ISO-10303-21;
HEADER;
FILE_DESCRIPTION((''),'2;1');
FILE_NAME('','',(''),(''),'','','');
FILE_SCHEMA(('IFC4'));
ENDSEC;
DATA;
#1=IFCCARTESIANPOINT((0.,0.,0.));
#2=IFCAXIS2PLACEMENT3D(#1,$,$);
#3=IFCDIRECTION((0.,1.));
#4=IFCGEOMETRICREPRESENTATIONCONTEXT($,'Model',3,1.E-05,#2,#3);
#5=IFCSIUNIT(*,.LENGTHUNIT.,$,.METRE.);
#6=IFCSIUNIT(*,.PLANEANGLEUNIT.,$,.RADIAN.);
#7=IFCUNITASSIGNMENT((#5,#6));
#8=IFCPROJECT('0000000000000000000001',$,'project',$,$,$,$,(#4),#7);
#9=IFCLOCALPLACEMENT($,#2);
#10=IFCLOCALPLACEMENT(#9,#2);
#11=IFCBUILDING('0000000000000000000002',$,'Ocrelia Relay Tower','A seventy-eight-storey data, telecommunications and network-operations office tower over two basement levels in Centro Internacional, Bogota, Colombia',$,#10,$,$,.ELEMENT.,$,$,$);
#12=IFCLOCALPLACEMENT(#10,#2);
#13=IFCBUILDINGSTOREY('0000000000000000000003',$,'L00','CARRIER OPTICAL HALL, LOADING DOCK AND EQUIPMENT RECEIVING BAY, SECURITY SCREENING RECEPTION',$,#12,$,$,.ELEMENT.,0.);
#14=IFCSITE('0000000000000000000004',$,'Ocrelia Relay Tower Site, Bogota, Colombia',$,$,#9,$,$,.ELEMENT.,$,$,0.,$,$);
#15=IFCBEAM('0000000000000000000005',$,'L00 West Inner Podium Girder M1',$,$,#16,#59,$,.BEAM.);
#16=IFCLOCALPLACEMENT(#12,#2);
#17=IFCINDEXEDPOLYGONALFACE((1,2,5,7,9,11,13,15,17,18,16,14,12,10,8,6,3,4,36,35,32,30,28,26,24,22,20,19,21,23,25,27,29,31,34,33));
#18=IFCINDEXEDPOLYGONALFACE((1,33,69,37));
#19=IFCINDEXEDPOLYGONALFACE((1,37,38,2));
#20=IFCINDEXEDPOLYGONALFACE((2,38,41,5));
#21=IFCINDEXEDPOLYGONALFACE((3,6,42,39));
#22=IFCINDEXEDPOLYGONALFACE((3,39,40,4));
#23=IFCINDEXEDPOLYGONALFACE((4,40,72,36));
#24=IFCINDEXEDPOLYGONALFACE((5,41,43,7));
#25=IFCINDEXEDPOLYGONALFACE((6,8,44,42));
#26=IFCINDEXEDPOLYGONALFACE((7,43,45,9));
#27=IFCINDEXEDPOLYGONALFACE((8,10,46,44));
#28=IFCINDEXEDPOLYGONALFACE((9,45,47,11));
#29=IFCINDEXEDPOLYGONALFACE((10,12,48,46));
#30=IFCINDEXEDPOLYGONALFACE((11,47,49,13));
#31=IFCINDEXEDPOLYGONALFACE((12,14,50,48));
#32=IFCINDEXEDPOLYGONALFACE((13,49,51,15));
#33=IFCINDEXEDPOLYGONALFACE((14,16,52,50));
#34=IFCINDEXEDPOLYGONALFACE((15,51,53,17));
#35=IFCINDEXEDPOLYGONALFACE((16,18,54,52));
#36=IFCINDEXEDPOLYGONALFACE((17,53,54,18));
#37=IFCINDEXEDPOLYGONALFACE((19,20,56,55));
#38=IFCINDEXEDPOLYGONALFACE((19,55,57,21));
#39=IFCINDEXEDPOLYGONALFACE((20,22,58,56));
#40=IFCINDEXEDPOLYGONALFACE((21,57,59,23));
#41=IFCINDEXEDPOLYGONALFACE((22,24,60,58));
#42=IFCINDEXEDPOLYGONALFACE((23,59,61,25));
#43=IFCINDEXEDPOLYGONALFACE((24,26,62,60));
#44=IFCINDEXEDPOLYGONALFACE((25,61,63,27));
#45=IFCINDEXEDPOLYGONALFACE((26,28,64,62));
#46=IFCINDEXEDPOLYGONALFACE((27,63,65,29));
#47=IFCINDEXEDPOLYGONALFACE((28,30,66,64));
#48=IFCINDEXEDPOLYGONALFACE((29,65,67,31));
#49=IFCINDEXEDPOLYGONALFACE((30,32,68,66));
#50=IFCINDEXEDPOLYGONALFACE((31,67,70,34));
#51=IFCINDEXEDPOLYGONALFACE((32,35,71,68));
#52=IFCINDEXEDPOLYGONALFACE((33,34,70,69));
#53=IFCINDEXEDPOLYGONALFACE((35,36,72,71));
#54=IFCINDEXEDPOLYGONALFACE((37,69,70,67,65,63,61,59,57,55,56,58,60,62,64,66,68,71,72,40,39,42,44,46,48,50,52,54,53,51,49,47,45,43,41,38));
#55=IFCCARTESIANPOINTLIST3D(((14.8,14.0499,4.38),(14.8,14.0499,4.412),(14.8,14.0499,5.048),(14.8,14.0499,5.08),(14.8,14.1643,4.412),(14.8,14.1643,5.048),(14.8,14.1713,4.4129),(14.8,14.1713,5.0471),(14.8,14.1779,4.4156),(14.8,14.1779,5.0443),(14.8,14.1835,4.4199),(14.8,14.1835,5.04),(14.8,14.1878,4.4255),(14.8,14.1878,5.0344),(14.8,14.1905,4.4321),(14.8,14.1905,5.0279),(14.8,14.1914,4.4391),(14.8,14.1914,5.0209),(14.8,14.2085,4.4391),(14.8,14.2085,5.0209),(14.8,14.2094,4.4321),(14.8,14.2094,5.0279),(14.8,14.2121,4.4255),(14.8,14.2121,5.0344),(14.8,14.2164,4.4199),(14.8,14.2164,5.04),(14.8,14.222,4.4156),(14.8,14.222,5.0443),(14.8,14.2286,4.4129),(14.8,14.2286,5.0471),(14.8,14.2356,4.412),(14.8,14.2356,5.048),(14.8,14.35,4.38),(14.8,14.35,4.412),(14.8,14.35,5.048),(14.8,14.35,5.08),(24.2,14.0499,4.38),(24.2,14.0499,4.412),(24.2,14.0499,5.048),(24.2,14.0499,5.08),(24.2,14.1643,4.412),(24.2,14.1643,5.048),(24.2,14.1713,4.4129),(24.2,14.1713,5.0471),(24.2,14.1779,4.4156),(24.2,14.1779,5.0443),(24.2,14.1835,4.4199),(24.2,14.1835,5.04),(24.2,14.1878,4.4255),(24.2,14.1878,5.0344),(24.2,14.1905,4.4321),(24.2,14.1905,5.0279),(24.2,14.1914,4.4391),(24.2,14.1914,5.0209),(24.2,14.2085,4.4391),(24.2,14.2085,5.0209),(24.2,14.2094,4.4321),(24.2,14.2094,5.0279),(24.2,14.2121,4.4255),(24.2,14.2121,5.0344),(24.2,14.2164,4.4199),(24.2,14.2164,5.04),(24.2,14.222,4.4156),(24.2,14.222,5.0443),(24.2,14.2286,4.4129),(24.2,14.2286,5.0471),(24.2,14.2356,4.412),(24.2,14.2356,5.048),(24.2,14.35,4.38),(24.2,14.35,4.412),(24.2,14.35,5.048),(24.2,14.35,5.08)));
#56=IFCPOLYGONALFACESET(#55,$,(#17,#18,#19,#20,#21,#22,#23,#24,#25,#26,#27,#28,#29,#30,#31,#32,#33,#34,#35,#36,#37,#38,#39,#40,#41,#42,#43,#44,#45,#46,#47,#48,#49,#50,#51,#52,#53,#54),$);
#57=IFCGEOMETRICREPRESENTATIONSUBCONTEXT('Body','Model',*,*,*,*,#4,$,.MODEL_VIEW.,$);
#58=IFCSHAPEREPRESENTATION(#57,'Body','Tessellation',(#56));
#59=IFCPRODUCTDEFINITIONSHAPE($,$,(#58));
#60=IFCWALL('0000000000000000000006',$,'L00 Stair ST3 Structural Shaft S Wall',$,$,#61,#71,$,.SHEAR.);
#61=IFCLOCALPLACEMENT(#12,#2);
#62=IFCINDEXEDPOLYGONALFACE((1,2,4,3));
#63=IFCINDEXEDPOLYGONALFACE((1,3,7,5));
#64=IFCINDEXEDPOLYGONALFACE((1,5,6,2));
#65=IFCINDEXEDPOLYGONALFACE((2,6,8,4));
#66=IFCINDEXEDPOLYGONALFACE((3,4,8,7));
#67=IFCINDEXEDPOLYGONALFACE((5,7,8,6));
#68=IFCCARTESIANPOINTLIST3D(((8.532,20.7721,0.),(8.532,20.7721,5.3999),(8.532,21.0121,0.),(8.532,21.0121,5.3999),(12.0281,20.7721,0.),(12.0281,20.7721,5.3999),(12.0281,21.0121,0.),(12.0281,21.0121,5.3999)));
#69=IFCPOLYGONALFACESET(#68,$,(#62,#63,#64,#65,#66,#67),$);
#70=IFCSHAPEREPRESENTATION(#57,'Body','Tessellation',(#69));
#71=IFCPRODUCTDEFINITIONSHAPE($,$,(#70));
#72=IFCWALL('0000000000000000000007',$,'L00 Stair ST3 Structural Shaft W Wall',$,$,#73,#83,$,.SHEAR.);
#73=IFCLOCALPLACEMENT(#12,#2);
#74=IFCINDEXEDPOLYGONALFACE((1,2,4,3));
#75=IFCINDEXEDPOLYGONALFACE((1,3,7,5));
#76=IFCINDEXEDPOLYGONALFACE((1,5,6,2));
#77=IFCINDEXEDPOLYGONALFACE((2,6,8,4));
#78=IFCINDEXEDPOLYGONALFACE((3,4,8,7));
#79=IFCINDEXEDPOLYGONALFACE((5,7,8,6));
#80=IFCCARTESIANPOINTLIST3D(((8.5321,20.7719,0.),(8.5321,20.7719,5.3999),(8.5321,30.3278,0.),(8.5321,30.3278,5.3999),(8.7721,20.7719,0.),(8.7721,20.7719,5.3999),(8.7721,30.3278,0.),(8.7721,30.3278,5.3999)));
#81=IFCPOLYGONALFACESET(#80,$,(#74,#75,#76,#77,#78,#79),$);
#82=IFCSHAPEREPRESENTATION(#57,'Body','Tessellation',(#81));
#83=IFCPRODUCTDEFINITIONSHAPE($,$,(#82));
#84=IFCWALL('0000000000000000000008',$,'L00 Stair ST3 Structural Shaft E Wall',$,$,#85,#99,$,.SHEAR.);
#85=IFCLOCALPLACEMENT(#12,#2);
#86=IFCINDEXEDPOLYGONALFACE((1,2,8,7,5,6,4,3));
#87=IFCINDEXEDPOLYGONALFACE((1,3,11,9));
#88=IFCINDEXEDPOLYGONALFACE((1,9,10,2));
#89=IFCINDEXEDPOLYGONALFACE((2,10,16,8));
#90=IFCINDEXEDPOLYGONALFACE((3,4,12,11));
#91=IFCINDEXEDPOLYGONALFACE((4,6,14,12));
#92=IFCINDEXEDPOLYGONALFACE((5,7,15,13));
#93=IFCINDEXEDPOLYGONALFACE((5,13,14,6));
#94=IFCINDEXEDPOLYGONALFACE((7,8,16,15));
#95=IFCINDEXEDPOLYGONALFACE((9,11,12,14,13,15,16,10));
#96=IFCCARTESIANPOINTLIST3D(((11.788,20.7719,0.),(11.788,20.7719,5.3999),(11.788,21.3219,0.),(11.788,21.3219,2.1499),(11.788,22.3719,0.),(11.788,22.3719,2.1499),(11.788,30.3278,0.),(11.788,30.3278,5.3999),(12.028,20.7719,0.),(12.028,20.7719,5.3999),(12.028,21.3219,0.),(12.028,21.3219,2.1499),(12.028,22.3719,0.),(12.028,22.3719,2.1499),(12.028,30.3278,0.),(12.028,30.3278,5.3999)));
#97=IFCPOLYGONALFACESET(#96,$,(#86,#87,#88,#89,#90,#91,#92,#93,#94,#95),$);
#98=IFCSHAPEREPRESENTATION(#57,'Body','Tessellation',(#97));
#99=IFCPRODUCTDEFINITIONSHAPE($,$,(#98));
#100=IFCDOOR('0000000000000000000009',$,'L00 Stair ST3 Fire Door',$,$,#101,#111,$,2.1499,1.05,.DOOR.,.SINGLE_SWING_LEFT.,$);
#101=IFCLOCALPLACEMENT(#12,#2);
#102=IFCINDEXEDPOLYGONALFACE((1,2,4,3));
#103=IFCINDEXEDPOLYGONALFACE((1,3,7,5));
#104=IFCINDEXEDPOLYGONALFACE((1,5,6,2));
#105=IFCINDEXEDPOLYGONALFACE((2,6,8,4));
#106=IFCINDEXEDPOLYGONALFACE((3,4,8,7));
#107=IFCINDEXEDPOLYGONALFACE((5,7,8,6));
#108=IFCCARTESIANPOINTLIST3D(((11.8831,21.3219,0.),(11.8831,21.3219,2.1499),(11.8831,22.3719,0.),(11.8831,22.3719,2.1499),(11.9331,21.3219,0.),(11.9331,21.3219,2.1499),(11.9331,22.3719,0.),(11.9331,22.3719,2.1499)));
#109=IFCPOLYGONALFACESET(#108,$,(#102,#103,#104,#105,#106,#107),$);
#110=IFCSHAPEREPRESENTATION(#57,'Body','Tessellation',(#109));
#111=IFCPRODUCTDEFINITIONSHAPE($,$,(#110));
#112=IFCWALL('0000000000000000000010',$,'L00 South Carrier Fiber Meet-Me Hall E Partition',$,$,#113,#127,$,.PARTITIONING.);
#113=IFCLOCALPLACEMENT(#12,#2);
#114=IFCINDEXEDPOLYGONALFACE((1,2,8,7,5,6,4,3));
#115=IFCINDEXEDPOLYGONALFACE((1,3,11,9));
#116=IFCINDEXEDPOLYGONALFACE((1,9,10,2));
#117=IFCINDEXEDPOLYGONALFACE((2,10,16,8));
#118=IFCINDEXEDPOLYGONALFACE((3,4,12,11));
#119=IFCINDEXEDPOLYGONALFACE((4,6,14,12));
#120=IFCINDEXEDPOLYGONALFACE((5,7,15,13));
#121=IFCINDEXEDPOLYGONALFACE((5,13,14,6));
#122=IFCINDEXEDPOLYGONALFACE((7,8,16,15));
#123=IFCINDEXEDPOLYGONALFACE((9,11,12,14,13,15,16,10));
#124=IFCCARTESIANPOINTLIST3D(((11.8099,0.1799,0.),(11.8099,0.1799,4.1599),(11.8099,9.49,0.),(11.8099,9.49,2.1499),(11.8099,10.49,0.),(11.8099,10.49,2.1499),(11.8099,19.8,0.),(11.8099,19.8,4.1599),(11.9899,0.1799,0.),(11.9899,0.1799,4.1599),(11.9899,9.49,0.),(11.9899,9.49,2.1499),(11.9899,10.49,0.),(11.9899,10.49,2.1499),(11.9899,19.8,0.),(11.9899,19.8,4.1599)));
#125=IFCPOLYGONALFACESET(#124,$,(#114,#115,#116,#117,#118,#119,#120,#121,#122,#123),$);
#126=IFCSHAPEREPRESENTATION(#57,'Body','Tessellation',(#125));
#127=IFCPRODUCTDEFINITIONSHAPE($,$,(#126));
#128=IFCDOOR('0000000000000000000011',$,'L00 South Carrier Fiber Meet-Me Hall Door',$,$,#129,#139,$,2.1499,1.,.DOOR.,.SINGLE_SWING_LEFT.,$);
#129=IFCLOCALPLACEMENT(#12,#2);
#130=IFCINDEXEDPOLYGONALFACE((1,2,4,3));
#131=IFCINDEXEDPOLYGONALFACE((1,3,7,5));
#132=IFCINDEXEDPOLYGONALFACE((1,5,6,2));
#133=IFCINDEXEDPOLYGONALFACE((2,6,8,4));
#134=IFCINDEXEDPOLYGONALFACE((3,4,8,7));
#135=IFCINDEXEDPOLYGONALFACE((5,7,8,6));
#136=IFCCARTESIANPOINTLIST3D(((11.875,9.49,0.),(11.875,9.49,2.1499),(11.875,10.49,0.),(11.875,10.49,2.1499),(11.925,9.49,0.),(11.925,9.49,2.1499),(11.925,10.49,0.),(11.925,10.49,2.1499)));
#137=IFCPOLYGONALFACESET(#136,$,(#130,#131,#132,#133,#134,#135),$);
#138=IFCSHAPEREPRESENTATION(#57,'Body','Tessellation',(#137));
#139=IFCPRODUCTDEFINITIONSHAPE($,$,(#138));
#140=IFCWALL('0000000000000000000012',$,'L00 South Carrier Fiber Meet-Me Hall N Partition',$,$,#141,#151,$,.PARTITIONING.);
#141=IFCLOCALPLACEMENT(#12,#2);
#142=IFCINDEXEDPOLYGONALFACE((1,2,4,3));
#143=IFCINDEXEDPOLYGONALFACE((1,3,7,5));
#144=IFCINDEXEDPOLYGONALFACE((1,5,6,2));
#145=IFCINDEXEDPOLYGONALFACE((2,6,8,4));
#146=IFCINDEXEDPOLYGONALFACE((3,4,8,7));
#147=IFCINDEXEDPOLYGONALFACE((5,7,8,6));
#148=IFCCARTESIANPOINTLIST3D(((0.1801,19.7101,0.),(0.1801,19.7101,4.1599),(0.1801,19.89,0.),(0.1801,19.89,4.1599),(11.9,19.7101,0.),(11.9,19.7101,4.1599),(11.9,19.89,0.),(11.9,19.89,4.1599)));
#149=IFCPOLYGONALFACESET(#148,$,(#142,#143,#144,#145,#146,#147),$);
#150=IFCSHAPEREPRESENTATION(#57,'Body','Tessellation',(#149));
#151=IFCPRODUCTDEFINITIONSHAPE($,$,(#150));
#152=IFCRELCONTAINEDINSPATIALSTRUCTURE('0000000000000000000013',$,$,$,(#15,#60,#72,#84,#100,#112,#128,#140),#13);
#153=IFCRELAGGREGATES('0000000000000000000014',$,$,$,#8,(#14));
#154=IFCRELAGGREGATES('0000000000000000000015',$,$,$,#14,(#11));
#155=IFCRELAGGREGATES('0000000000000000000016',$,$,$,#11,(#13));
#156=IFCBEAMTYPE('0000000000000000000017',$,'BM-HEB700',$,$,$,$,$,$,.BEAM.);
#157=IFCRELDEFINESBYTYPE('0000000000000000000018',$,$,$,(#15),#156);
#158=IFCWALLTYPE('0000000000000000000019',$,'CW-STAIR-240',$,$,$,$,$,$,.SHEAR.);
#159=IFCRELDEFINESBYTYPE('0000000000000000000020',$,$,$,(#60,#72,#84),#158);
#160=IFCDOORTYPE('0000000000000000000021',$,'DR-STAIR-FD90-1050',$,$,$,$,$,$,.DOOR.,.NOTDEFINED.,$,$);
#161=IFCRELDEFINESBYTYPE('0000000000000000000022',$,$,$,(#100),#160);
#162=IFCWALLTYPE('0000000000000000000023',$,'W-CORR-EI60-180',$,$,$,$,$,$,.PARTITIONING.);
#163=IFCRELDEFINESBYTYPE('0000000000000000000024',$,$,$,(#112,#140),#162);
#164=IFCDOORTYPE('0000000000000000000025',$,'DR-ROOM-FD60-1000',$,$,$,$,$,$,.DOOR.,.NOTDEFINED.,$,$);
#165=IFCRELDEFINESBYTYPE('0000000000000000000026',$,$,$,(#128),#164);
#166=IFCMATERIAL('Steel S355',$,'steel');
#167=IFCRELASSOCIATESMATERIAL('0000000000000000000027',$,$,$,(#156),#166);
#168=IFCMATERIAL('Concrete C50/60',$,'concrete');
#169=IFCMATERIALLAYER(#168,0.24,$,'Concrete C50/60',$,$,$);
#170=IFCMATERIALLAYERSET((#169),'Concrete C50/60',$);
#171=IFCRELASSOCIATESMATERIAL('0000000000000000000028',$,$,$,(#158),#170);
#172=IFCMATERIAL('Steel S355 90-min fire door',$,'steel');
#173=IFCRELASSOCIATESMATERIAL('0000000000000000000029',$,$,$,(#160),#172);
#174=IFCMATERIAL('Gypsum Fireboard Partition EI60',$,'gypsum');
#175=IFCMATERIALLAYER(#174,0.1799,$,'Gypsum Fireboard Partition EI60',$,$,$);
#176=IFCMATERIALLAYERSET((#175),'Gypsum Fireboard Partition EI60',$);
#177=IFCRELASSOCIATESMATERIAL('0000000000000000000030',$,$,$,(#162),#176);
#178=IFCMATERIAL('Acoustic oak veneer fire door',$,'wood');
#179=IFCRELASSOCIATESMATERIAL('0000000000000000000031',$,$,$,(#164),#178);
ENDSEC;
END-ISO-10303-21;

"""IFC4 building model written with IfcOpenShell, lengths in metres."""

from ifc_helpers import new_model, si_unit, direction, frame, frame_2d, origin, origin_2d, place, context, subcontext, project, spatial, rectangle, i_section, extrude, material, layer, layer_set, material_profile, profile_set, type_object, element, fill, save


model = new_model("IFC4")

# Units and contexts
model_context = context("Model", 3, precision=1e-05, world=origin(), true_north=direction((0.0, 1.0)))
body_context = subcontext(model_context, "Body", "Model", "MODEL_VIEW")
ifc_project = project(units=[si_unit("LENGTHUNIT", "METRE"), si_unit("PLANEANGLEUNIT", "RADIAN")], contexts=[model_context])

# Site, building, storey
site_placement = place(None, origin())
site = spatial("IfcSite", under=ifc_project, at=site_placement, Name="Ocrelia Relay Tower Site, Bogota, Colombia", CompositionType="ELEMENT", RefElevation=0.0)
building_placement = place(site_placement, origin())
building = spatial("IfcBuilding", under=site, at=building_placement, Name="Ocrelia Relay Tower", Description="A seventy-eight-storey data, telecommunications and network-operations office tower over two basement levels in Centro Internacional, Bogota, Colombia", CompositionType="ELEMENT")
storey_placement = place(building_placement, origin())
storey = spatial("IfcBuildingStorey", under=building, at=storey_placement, Name="L00", Description="CARRIER OPTICAL HALL, LOADING DOCK AND EQUIPMENT RECEIVING BAY, SECURITY SCREENING RECEPTION", CompositionType="ELEMENT", Elevation=0.0)

# Beam
ifc_material_1 = material(Name="Steel S355", Category="steel")
ifc_material_profile_1 = material_profile(ifc_material_1, i_section(OverallWidth=0.3, OverallDepth=0.7, WebThickness=0.0171, FlangeThickness=0.032, FilletRadius=0.0271, at=origin_2d()), Name="HEB 700")
ifc_profile_set_1 = profile_set([ifc_material_profile_1], Name="Steel S355")
beam_type_1 = type_object("IfcBeamType", Name="BM-HEB700", PredefinedType="BEAM", material=ifc_profile_set_1)
beam_1_placement = place(storey_placement, frame((14.8, 14.2, 4.73), z_axis=(1.0, 0.0, 0.0), x_axis=(0.0, 1.0, 0.0)))
element("IfcBeam", 1, at=beam_1_placement, inside=storey, type_object=beam_type_1, Name="L00 West Inner Podium Girder M1", PredefinedType="BEAM", context=body_context, shape_type="SweptSolid", body=[
    extrude(i_section(OverallWidth=0.3, OverallDepth=0.7, WebThickness=0.0171, FlangeThickness=0.032, FilletRadius=0.0271, at=origin_2d()), origin(), (0.0, 0.0, 1.0), 9.3999),
])

# Walls
ifc_material_2 = material(Name="Concrete C50/60", Category="concrete")
ifc_layer_1 = layer(ifc_material_2, 0.24, Name="Concrete C50/60")
ifc_layer_set_1 = layer_set([ifc_layer_1], Name="Concrete C50/60")
wall_type_1 = type_object("IfcWallType", Name="CW-STAIR-240", PredefinedType="SHEAR", material=ifc_layer_set_1)
wall_1_placement = place(storey_placement, frame((8.532, 20.8921, 0.0), z_axis=(0.0, 0.0, 1.0), x_axis=(1.0, 0.0, 0.0)))
element("IfcWall", 2, at=wall_1_placement, inside=storey, type_object=wall_type_1, Name="L00 Stair ST3 Structural Shaft S Wall", PredefinedType="SHEAR", context=body_context, shape_type="SweptSolid", body=[
    extrude(rectangle(XDim=3.4961, YDim=0.24, at=frame_2d((1.748, 0.0))), origin(), (0.0, 0.0, 1.0), 5.3999),
])
wall_2_placement = place(storey_placement, frame((8.6521, 20.772, 0.0), z_axis=(0.0, 0.0, 1.0), x_axis=(0.0, 1.0, 0.0)))
element("IfcWall", 3, at=wall_2_placement, inside=storey, type_object=wall_type_1, Name="L00 Stair ST3 Structural Shaft W Wall", PredefinedType="SHEAR", context=body_context, shape_type="SweptSolid", body=[
    extrude(rectangle(XDim=9.5559, YDim=0.24, at=frame_2d((4.7778, 0.0))), origin(), (0.0, 0.0, 1.0), 5.3999),
])

# Walls, openings, doors
wall_3_placement = place(storey_placement, frame((11.908, 20.772, 0.0), z_axis=(0.0, 0.0, 1.0), x_axis=(0.0, 1.0, 0.0)))
wall_3 = element("IfcWall", 4, at=wall_3_placement, inside=storey, type_object=wall_type_1, Name="L00 Stair ST3 Structural Shaft E Wall", PredefinedType="SHEAR", context=body_context, shape_type="SweptSolid", body=[
    extrude(rectangle(XDim=9.5559, YDim=0.24, at=frame_2d((4.7778, 0.0))), origin(), (0.0, 0.0, 1.0), 5.3999),
])
opening_1_placement = place(wall_3_placement, frame((0.55, 0.0, 0.0)))
opening_1 = element("IfcOpeningElement", 5, at=opening_1_placement, cuts=wall_3, PredefinedType="OPENING", context=body_context, shape_type="SweptSolid", body=[
    extrude(rectangle(XDim=1.05, YDim=2.1499, at=frame_2d((0.5249, 1.075))), frame((0.0, 0.1299, 0.0), z_axis=(0.0, -1.0, 0.0), x_axis=(1.0, 0.0, 0.0)), (0.0, 0.0, 1.0), 0.26),
])
ifc_material_3 = material(Name="Steel S355 90-min fire door", Category="steel")
door_type_1 = type_object("IfcDoorType", Name="DR-STAIR-FD90-1050", OperationType="NOTDEFINED", PredefinedType="DOOR", material=ifc_material_3)
door_1_placement = place(opening_1_placement, origin())
door_1 = element("IfcDoor", 6, at=door_1_placement, inside=storey, type_object=door_type_1, Name="L00 Stair ST3 Fire Door", OperationType="SINGLE_SWING_LEFT", OverallHeight=2.1499, OverallWidth=1.05, PredefinedType="DOOR", context=body_context, shape_type="SweptSolid", body=[
    extrude(rectangle(XDim=1.05, YDim=2.1499, at=frame_2d((0.5249, 1.075))), frame((0.0, 0.0249, 0.0), z_axis=(0.0, -1.0, 0.0), x_axis=(1.0, 0.0, 0.0)), (0.0, 0.0, 1.0), 0.05),
])
fill(opening_1, door_1)
ifc_material_4 = material(Name="Gypsum Fireboard Partition EI60", Category="gypsum")
ifc_layer_2 = layer(ifc_material_4, 0.1799, Name="Gypsum Fireboard Partition EI60")
ifc_layer_set_2 = layer_set([ifc_layer_2], Name="Gypsum Fireboard Partition EI60")
wall_type_2 = type_object("IfcWallType", Name="W-CORR-EI60-180", PredefinedType="PARTITIONING", material=ifc_layer_set_2)
wall_4_placement = place(storey_placement, frame((11.8999, 0.1799, 0.0), z_axis=(0.0, 0.0, 1.0), x_axis=(0.0, 1.0, 0.0)))
wall_4 = element("IfcWall", 7, at=wall_4_placement, inside=storey, type_object=wall_type_2, Name="L00 South Carrier Fiber Meet-Me Hall E Partition", PredefinedType="PARTITIONING", context=body_context, shape_type="SweptSolid", body=[
    extrude(rectangle(XDim=19.6201, YDim=0.1799, at=frame_2d((9.8101, 0.0))), origin(), (0.0, 0.0, 1.0), 4.1599),
])
opening_2_placement = place(wall_4_placement, frame((9.3101, 0.0, 0.0)))
opening_2 = element("IfcOpeningElement", 8, at=opening_2_placement, cuts=wall_4, PredefinedType="OPENING", context=body_context, shape_type="SweptSolid", body=[
    extrude(rectangle(XDim=1.0, YDim=2.1499, at=frame_2d((0.5, 1.075))), frame((0.0, 0.1001, 0.0), z_axis=(0.0, -1.0, 0.0), x_axis=(1.0, 0.0, 0.0)), (0.0, 0.0, 1.0), 0.2),
])
ifc_material_5 = material(Name="Acoustic oak veneer fire door", Category="wood")
door_type_2 = type_object("IfcDoorType", Name="DR-ROOM-FD60-1000", OperationType="NOTDEFINED", PredefinedType="DOOR", material=ifc_material_5)
door_2_placement = place(opening_2_placement, origin())
door_2 = element("IfcDoor", 9, at=door_2_placement, inside=storey, type_object=door_type_2, Name="L00 South Carrier Fiber Meet-Me Hall Door", OperationType="SINGLE_SWING_LEFT", OverallHeight=2.1499, OverallWidth=1.0, PredefinedType="DOOR", context=body_context, shape_type="SweptSolid", body=[
    extrude(rectangle(XDim=1.0, YDim=2.1499, at=frame_2d((0.5, 1.075))), frame((0.0, 0.0249, 0.0), z_axis=(0.0, -1.0, 0.0), x_axis=(1.0, 0.0, 0.0)), (0.0, 0.0, 1.0), 0.05),
])
fill(opening_2, door_2)

# Wall
wall_5_placement = place(storey_placement, frame((11.8999, 19.8, 0.0), z_axis=(0.0, 0.0, 1.0), x_axis=(-1.0, 0.0, 0.0)))
element("IfcWall", 10, at=wall_5_placement, inside=storey, type_object=wall_type_2, Name="L00 South Carrier Fiber Meet-Me Hall N Partition", PredefinedType="PARTITIONING", context=body_context, shape_type="SweptSolid", body=[
    extrude(rectangle(XDim=11.72, YDim=0.1799, at=frame_2d((5.8599, 0.0))), origin(), (0.0, 0.0, 1.0), 4.1599),
])

save(model, "model.ifc")
